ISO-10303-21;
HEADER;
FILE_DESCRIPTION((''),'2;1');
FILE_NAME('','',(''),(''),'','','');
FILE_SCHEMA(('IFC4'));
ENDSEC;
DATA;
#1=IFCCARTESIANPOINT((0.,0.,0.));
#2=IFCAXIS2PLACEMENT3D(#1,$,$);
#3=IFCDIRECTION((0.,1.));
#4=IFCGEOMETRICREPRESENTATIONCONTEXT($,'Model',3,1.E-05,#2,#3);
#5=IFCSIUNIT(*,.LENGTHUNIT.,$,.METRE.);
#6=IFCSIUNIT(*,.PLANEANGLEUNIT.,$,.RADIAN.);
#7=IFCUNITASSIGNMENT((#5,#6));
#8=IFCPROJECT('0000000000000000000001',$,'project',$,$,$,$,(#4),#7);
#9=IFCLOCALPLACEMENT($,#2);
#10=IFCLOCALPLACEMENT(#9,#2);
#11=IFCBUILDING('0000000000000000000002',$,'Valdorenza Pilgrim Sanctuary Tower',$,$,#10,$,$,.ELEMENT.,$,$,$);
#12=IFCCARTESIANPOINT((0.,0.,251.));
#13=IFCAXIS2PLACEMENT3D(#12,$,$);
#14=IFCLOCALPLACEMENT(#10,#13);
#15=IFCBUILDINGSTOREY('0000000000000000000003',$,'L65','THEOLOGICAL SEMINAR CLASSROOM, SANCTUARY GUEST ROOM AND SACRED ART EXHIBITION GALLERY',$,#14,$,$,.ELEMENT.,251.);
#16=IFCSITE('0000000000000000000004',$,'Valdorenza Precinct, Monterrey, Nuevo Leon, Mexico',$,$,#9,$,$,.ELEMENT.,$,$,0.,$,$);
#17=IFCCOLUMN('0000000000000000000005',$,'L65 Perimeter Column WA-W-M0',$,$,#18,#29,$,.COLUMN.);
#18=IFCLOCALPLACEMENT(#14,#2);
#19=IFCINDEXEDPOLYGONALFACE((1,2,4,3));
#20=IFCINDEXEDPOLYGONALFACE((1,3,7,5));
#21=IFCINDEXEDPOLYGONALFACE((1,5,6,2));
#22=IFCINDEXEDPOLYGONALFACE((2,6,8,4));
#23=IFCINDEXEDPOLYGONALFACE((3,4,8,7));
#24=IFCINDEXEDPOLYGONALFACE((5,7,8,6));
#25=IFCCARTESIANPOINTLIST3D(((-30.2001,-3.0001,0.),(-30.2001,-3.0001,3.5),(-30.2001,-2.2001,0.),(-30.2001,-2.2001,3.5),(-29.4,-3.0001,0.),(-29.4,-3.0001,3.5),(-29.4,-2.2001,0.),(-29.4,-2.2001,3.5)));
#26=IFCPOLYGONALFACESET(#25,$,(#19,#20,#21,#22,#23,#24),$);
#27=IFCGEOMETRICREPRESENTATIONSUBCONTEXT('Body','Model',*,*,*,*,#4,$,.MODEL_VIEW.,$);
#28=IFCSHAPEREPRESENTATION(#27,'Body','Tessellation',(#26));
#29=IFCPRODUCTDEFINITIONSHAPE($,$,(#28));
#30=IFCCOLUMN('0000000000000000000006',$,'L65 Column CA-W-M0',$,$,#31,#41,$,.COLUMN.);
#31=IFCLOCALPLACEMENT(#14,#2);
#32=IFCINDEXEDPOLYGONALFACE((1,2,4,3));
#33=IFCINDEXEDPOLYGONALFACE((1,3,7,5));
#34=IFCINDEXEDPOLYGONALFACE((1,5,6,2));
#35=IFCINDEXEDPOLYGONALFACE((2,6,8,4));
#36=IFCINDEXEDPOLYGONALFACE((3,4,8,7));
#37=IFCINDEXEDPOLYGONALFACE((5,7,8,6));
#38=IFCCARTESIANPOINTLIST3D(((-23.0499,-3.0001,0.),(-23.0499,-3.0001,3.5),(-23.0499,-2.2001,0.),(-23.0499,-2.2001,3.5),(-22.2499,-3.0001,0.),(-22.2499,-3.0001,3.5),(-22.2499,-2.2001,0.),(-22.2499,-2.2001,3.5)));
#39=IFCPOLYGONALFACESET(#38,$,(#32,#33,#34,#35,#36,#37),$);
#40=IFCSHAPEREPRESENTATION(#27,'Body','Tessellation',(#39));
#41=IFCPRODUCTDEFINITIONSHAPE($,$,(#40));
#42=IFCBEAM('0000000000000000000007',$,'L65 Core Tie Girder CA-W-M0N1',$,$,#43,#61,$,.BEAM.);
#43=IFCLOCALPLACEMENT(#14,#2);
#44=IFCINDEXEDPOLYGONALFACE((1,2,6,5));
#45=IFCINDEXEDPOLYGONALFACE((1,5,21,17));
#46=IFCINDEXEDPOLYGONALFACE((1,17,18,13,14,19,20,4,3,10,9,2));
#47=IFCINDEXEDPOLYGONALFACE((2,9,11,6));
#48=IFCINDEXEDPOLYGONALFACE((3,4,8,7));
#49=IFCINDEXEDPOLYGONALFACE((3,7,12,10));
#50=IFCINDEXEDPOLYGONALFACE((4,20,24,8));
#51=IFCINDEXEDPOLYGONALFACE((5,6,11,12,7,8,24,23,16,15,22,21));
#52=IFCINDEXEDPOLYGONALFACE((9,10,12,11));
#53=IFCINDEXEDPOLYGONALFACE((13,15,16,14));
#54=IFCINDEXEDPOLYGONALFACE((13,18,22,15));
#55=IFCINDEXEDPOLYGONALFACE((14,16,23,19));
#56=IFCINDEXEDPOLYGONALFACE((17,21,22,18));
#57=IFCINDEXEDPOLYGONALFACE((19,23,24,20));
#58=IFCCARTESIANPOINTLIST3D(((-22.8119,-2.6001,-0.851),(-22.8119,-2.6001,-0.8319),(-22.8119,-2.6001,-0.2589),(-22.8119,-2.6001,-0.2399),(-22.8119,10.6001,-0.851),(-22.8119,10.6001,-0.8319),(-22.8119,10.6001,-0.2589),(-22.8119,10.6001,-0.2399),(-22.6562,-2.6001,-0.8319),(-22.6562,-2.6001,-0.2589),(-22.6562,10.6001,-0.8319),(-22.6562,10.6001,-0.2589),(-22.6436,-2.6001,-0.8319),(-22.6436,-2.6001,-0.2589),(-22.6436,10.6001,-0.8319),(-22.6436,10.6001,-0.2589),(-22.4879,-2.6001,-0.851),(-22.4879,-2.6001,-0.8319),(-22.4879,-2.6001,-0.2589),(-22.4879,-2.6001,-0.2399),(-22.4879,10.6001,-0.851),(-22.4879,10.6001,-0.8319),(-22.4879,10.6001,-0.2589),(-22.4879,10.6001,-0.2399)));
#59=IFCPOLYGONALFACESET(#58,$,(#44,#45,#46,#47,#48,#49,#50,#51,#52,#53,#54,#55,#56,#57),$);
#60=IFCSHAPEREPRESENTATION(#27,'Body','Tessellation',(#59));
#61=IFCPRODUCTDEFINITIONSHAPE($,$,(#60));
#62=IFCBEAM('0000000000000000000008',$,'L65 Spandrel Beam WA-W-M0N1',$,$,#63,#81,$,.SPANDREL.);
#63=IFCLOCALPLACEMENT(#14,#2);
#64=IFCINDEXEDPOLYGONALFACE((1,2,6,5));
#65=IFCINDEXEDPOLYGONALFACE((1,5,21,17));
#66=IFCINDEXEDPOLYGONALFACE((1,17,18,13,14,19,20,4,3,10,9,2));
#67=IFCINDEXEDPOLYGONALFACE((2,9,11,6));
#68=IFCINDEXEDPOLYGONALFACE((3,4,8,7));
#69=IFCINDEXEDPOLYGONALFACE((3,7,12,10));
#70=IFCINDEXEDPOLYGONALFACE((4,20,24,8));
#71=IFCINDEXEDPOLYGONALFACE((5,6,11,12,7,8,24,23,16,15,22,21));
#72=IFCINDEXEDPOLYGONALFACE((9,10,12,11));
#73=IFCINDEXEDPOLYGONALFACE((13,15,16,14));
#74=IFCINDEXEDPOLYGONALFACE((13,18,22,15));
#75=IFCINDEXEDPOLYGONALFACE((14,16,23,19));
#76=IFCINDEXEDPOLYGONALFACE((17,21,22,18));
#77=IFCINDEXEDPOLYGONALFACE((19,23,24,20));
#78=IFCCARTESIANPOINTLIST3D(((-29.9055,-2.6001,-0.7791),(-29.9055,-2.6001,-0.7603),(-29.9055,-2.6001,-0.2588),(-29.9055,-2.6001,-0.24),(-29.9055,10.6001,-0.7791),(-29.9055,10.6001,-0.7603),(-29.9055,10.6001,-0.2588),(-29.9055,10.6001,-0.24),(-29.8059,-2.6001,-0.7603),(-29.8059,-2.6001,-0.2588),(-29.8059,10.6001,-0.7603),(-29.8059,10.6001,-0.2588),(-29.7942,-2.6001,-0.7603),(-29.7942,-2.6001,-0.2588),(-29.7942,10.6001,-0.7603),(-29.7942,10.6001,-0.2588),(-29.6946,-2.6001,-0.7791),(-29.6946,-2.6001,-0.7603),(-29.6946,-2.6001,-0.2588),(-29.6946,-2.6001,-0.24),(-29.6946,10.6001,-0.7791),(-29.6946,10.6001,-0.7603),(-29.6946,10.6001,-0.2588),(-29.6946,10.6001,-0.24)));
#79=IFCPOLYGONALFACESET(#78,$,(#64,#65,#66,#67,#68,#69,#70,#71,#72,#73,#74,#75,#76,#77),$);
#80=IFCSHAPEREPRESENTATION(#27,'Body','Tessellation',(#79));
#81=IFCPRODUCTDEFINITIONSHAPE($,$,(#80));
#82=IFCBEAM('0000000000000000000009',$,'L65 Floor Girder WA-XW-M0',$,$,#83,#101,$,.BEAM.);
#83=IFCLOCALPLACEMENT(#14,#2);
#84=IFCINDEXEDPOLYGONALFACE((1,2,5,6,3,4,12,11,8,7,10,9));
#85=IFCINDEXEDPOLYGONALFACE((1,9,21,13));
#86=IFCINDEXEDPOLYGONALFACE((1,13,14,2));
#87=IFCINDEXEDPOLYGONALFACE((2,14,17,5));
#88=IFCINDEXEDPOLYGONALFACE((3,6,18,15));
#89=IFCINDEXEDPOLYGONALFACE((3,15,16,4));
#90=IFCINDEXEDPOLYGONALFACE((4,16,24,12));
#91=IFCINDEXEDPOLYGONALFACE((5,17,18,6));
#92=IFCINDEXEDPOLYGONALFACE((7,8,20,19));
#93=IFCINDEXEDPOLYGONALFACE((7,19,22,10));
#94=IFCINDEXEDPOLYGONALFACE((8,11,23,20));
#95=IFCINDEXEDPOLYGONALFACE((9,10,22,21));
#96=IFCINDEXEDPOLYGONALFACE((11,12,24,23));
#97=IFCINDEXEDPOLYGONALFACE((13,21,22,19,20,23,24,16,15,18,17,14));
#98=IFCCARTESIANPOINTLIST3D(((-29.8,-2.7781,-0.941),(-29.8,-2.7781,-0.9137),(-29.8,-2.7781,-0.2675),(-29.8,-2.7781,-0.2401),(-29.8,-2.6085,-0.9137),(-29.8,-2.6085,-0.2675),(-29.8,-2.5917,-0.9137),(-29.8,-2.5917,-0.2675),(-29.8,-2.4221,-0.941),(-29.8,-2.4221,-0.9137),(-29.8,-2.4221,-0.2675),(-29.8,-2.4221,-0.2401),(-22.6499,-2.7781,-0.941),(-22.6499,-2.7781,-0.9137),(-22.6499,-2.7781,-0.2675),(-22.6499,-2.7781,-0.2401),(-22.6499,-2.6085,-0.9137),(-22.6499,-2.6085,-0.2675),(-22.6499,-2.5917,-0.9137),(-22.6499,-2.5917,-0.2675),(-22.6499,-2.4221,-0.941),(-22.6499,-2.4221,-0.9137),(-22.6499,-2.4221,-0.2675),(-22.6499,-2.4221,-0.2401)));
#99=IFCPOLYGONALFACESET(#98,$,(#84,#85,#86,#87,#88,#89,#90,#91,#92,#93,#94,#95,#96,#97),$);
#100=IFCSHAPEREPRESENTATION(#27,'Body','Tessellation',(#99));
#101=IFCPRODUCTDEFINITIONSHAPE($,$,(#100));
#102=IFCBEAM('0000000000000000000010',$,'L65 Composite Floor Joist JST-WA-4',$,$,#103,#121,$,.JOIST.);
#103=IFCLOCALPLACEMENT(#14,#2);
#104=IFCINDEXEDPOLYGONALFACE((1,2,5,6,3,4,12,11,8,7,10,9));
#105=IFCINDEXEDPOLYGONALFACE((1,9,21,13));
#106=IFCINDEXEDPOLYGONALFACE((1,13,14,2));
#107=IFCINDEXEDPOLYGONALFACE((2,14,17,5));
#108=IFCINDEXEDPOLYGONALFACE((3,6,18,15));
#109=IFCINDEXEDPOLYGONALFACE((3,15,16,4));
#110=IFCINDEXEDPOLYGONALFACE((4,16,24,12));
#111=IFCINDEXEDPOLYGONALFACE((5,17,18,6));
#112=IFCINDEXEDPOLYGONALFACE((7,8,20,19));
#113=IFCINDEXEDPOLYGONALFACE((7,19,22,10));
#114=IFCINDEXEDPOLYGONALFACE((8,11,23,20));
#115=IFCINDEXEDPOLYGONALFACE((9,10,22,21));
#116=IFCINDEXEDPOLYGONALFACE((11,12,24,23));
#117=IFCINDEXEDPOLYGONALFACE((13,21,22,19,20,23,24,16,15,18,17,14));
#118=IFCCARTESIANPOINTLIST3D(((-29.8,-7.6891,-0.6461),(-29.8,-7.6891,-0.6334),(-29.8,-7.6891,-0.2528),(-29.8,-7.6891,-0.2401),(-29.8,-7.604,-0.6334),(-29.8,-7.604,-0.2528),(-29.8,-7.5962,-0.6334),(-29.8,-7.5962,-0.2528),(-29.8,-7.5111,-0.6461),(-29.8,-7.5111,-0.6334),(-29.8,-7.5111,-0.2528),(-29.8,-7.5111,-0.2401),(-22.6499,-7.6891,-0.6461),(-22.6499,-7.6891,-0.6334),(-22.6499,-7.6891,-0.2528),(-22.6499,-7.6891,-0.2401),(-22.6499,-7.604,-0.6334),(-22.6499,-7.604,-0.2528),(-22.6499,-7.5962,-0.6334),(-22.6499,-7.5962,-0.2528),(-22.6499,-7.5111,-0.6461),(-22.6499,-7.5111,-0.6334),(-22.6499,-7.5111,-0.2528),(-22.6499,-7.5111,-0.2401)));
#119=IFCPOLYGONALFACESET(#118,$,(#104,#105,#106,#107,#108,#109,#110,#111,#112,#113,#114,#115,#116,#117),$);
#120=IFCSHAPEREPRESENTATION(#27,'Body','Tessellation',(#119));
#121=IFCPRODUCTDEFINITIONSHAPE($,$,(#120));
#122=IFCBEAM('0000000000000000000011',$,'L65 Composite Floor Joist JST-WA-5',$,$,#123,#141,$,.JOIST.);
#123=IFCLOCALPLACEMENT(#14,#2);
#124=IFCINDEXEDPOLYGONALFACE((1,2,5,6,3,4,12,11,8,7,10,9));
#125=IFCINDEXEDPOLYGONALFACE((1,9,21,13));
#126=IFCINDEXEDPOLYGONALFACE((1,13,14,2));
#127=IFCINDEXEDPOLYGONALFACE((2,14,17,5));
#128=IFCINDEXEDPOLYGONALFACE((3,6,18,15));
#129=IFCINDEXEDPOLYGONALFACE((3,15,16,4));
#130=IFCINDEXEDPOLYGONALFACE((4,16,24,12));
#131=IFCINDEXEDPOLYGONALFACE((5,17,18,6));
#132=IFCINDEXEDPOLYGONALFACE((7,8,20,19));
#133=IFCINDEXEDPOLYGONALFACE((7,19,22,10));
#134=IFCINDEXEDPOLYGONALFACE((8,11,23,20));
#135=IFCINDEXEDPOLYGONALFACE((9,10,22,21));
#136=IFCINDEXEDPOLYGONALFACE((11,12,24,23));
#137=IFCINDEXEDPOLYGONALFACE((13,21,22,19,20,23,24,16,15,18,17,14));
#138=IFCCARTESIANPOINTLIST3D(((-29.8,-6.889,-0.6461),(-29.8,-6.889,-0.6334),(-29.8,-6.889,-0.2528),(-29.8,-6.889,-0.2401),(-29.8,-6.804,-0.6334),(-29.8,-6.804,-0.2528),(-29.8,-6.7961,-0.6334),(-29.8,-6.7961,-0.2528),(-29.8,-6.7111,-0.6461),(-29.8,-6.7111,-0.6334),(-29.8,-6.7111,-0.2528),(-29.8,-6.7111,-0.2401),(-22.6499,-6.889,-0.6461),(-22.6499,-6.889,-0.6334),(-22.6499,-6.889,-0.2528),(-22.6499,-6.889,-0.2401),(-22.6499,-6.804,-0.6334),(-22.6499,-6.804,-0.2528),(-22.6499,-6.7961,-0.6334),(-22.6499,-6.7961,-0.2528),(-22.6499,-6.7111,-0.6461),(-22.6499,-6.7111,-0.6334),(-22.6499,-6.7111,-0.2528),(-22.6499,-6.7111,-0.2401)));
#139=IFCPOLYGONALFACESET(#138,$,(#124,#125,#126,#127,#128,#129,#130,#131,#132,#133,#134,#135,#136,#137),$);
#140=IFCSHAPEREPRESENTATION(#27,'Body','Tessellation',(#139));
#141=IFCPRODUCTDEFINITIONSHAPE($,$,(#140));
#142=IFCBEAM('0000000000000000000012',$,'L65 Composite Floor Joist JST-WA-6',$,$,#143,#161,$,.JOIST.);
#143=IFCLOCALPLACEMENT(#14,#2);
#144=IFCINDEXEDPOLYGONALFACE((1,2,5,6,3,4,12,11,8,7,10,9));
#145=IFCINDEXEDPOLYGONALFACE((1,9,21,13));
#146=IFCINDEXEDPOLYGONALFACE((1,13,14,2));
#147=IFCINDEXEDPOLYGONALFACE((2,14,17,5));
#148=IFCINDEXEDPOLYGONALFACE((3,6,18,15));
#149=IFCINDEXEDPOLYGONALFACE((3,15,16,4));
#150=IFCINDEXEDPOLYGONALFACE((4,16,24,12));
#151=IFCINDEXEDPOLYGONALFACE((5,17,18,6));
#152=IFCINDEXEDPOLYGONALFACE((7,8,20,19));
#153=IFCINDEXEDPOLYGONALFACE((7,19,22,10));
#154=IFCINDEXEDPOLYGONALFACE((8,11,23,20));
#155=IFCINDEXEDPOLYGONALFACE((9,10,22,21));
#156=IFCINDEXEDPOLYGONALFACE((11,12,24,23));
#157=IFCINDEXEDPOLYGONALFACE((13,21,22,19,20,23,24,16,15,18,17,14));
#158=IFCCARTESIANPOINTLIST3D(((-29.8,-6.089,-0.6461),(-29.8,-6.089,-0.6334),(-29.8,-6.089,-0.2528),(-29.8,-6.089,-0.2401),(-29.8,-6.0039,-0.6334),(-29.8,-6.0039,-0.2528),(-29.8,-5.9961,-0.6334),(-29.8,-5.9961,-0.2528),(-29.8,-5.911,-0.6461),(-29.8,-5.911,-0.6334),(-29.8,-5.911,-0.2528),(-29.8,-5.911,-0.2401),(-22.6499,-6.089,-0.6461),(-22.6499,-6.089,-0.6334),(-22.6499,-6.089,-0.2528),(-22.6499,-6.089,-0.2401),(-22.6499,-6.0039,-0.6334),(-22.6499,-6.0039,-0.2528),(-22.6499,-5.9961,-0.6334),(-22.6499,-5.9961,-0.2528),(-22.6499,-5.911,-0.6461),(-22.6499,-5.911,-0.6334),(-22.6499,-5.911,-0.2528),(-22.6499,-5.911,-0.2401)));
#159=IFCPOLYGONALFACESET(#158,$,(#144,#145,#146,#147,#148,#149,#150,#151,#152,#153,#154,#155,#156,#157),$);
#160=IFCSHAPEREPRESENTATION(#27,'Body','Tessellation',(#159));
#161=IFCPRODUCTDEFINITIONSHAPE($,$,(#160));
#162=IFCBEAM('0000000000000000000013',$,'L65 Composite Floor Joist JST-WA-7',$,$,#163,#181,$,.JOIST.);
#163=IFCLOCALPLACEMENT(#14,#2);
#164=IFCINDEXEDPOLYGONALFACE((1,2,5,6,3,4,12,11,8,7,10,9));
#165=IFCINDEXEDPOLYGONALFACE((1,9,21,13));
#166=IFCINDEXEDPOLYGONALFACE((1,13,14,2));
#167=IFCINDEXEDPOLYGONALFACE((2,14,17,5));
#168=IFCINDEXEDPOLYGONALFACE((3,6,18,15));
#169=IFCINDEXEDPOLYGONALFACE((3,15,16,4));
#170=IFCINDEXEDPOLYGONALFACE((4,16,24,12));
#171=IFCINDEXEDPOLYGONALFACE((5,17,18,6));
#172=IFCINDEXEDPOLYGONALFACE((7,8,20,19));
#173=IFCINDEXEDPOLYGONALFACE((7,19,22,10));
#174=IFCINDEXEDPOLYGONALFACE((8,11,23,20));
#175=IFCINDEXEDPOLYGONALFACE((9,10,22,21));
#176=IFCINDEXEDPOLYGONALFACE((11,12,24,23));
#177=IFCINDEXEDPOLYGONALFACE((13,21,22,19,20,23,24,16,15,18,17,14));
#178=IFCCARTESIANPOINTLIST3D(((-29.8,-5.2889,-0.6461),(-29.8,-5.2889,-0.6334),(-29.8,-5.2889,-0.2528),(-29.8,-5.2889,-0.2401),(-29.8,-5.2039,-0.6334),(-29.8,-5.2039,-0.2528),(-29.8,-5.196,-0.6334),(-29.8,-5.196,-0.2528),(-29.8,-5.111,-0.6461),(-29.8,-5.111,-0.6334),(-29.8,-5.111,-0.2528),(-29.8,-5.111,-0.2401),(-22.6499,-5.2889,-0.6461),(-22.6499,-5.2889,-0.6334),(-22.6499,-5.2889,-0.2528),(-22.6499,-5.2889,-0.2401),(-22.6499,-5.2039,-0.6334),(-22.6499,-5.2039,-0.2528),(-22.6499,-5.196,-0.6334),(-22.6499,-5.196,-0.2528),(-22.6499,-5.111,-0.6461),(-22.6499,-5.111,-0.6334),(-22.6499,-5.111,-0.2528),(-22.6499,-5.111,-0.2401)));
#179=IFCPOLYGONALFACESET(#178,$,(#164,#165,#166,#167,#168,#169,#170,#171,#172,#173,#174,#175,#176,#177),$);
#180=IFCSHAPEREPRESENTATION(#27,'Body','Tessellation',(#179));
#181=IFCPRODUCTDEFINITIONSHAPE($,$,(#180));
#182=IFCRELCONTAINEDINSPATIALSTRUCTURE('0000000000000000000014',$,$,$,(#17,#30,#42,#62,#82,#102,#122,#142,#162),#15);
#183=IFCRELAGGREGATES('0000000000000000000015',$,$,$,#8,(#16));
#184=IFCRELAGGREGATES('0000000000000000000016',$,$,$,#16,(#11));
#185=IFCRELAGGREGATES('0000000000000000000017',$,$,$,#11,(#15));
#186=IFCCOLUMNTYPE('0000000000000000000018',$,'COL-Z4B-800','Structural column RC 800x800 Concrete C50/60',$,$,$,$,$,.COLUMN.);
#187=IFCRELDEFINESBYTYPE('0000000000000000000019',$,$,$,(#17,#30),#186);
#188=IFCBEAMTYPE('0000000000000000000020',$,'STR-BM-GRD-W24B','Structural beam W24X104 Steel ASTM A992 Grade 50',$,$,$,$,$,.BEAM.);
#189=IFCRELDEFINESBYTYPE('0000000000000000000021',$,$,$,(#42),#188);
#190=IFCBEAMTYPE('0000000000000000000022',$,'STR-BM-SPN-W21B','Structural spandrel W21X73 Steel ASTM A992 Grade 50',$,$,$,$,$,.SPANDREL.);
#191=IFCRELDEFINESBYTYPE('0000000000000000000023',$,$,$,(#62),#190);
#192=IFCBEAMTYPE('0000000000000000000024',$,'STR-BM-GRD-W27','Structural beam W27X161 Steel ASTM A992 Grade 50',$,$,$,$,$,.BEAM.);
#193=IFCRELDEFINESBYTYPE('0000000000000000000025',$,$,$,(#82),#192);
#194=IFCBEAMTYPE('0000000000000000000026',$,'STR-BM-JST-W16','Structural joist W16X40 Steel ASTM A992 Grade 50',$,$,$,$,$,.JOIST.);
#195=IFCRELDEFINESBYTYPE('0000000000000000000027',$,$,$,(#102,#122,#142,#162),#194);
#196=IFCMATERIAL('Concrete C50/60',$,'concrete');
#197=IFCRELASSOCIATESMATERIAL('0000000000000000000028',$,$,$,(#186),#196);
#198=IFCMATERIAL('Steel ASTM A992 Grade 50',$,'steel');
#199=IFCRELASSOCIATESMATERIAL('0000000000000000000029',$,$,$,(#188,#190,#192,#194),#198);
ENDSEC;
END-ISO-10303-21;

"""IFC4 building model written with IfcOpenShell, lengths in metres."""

from ifc_helpers import new_model, si_unit, direction, frame, origin, origin_2d, place, context, subcontext, project, spatial, rectangle, i_section, extrude, source, transform, mapped, material, material_profile, profile_set, type_object, element, save


model = new_model("IFC4")

# Units and contexts
model_context = context("Model", 3, precision=1e-05, world=origin(), true_north=direction((0.0, 1.0)))
body_context = subcontext(model_context, "Body", "Model", "MODEL_VIEW")
ifc_project = project(units=[si_unit("LENGTHUNIT", "METRE"), si_unit("PLANEANGLEUNIT", "RADIAN")], contexts=[model_context])

# Site, building, storey
site_placement = place(None, origin())
site = spatial("IfcSite", under=ifc_project, at=site_placement, Name="Valdorenza Precinct, Monterrey, Nuevo Leon, Mexico", CompositionType="ELEMENT", RefElevation=0.0)
building_placement = place(site_placement, origin())
building = spatial("IfcBuilding", under=site, at=building_placement, Name="Valdorenza Pilgrim Sanctuary Tower", CompositionType="ELEMENT")
storey_placement = place(building_placement, frame((0.0, 0.0, 251.0)))
storey = spatial("IfcBuildingStorey", under=building, at=storey_placement, Name="L65", Description="THEOLOGICAL SEMINAR CLASSROOM, SANCTUARY GUEST ROOM AND SACRED ART EXHIBITION GALLERY", CompositionType="ELEMENT", Elevation=251.0)

# Columns
ifc_material_1 = material(Name="Concrete C50/60", Category="concrete")
ifc_material_profile_1 = material_profile(ifc_material_1, rectangle(XDim=0.8, YDim=0.8, at=origin_2d()), Name="RC 800x800")
ifc_profile_set_1 = profile_set([ifc_material_profile_1], Name="Concrete C50/60")
column_type = type_object("IfcColumnType", Name="COL-Z4B-800", Description="Structural column RC 800x800 Concrete C50/60", PredefinedType="COLUMN", material=ifc_profile_set_1)
shared_shape_1 = source(origin(), body_context, "Body", "SweptSolid", [
    extrude(rectangle(XDim=0.8, YDim=0.8, at=origin_2d()), origin(), (0.0, 0.0, 1.0), 3.5),
])
for number, where, z_axis, x_axis, name in (
    (1, (-29.8, -2.6001, 0.0), (0.0, 0.0, 1.0), (1.0, 0.0, 0.0), "L65 Perimeter Column WA-W-M0"),
    (2, (-22.6499, -2.6001, 0.0), (0.0, 0.0, 1.0), (1.0, 0.0, 0.0), "L65 Column CA-W-M0"),
):
    element("IfcColumn", number, at=place(storey_placement, frame(where, z_axis=z_axis, x_axis=x_axis)), inside=storey, type_object=column_type, Name=name, PredefinedType="COLUMN", context=body_context, shape_type="MappedRepresentation", body=[
        mapped(shared_shape_1, transform((0.0, 0.0, 0.0), x_axis=(1.0, 0.0, 0.0), y_axis=(0.0, 1.0, 0.0), z_axis=(0.0, 0.0, 1.0), scale=1.0)),
    ])

# Beams
ifc_material_2 = material(Name="Steel ASTM A992 Grade 50", Category="steel")
ifc_material_profile_2 = material_profile(ifc_material_2, i_section(OverallWidth=0.324, OverallDepth=0.6111, WebThickness=0.0127, FlangeThickness=0.019, at=origin_2d()), Name="W24X104")
ifc_profile_set_2 = profile_set([ifc_material_profile_2], Name="Steel ASTM A992 Grade 50")
beam_type_1 = type_object("IfcBeamType", Name="STR-BM-GRD-W24B", Description="Structural beam W24X104 Steel ASTM A992 Grade 50", PredefinedType="BEAM", material=ifc_profile_set_2)
shared_shape_2 = source(origin(), body_context, "Body", "SweptSolid", [
    extrude(i_section(OverallWidth=0.324, OverallDepth=0.6111, WebThickness=0.0127, FlangeThickness=0.019, at=origin_2d()), origin(), (0.0, 0.0, 1.0), 13.2002),
])
beam_1_placement = place(storey_placement, frame((-22.6499, -2.6001, -0.5454), z_axis=(0.0, 1.0, 0.0), x_axis=(-1.0, 0.0, 0.0)))
element("IfcBeam", 3, at=beam_1_placement, inside=storey, type_object=beam_type_1, Name="L65 Core Tie Girder CA-W-M0N1", PredefinedType="BEAM", context=body_context, shape_type="MappedRepresentation", body=[
    mapped(shared_shape_2, transform((0.0, 0.0, 0.0), x_axis=(1.0, 0.0, 0.0), y_axis=(0.0, 1.0, 0.0), z_axis=(0.0, 0.0, 1.0), scale=1.0)),
])
ifc_material_profile_3 = material_profile(ifc_material_2, i_section(OverallWidth=0.2109, OverallDepth=0.5391, WebThickness=0.0117, FlangeThickness=0.0188, at=origin_2d()), Name="W21X73")
ifc_profile_set_3 = profile_set([ifc_material_profile_3], Name="Steel ASTM A992 Grade 50")
beam_type_2 = type_object("IfcBeamType", Name="STR-BM-SPN-W21B", Description="Structural spandrel W21X73 Steel ASTM A992 Grade 50", PredefinedType="SPANDREL", material=ifc_profile_set_3)
shared_shape_3 = source(origin(), body_context, "Body", "SweptSolid", [
    extrude(i_section(OverallWidth=0.2109, OverallDepth=0.5391, WebThickness=0.0117, FlangeThickness=0.0188, at=origin_2d()), origin(), (0.0, 0.0, 1.0), 13.2002),
])
beam_2_placement = place(storey_placement, frame((-29.8, -2.6001, -0.5095), z_axis=(0.0, 1.0, 0.0), x_axis=(-1.0, 0.0, 0.0)))
element("IfcBeam", 4, at=beam_2_placement, inside=storey, type_object=beam_type_2, Name="L65 Spandrel Beam WA-W-M0N1", PredefinedType="SPANDREL", context=body_context, shape_type="MappedRepresentation", body=[
    mapped(shared_shape_3, transform((0.0, 0.0, 0.0), x_axis=(1.0, 0.0, 0.0), y_axis=(0.0, 1.0, 0.0), z_axis=(0.0, 0.0, 1.0), scale=1.0)),
])
ifc_material_profile_4 = material_profile(ifc_material_2, i_section(OverallWidth=0.356, OverallDepth=0.7009, WebThickness=0.0168, FlangeThickness=0.0273, at=origin_2d()), Name="W27X161")
ifc_profile_set_4 = profile_set([ifc_material_profile_4], Name="Steel ASTM A992 Grade 50")
beam_type_3 = type_object("IfcBeamType", Name="STR-BM-GRD-W27", Description="Structural beam W27X161 Steel ASTM A992 Grade 50", PredefinedType="BEAM", material=ifc_profile_set_4)
shared_shape_4 = source(origin(), body_context, "Body", "SweptSolid", [
    extrude(i_section(OverallWidth=0.356, OverallDepth=0.7009, WebThickness=0.0168, FlangeThickness=0.0273, at=origin_2d()), origin(), (0.0, 0.0, 1.0), 7.1501),
])
beam_3_placement = place(storey_placement, frame((-29.8, -2.6001, -0.5906), z_axis=(1.0, 0.0, 0.0), x_axis=(0.0, 1.0, 0.0)))
element("IfcBeam", 5, at=beam_3_placement, inside=storey, type_object=beam_type_3, Name="L65 Floor Girder WA-XW-M0", PredefinedType="BEAM", context=body_context, shape_type="MappedRepresentation", body=[
    mapped(shared_shape_4, transform((0.0, 0.0, 0.0), x_axis=(1.0, 0.0, 0.0), y_axis=(0.0, 1.0, 0.0), z_axis=(0.0, 0.0, 1.0), scale=1.0)),
])
ifc_material_profile_5 = material_profile(ifc_material_2, i_section(OverallWidth=0.178, OverallDepth=0.406, WebThickness=0.0078, FlangeThickness=0.0127, at=origin_2d()), Name="W16X40")
ifc_profile_set_5 = profile_set([ifc_material_profile_5], Name="Steel ASTM A992 Grade 50")
beam_type_4 = type_object("IfcBeamType", Name="STR-BM-JST-W16", Description="Structural joist W16X40 Steel ASTM A992 Grade 50", PredefinedType="JOIST", material=ifc_profile_set_5)
shared_shape_5 = source(origin(), body_context, "Body", "SweptSolid", [
    extrude(i_section(OverallWidth=0.178, OverallDepth=0.406, WebThickness=0.0078, FlangeThickness=0.0127, at=origin_2d()), origin(), (0.0, 0.0, 1.0), 7.1501),
])
for number, where, z_axis, x_axis, name in (
    (6, (-29.8, -7.6001, -0.4431), (1.0, 0.0, 0.0), (0.0, 1.0, 0.0), "L65 Composite Floor Joist JST-WA-4"),
    (7, (-29.8, -6.8, -0.4431), (1.0, 0.0, 0.0), (0.0, 1.0, 0.0), "L65 Composite Floor Joist JST-WA-5"),
    (8, (-29.8, -6.0, -0.4431), (1.0, 0.0, 0.0), (0.0, 1.0, 0.0), "L65 Composite Floor Joist JST-WA-6"),
    (9, (-29.8, -5.2, -0.4431), (1.0, 0.0, 0.0), (0.0, 1.0, 0.0), "L65 Composite Floor Joist JST-WA-7"),
):
    element("IfcBeam", number, at=place(storey_placement, frame(where, z_axis=z_axis, x_axis=x_axis)), inside=storey, type_object=beam_type_4, Name=name, PredefinedType="JOIST", context=body_context, shape_type="MappedRepresentation", body=[
        mapped(shared_shape_5, transform((0.0, 0.0, 0.0), x_axis=(1.0, 0.0, 0.0), y_axis=(0.0, 1.0, 0.0), z_axis=(0.0, 0.0, 1.0), scale=1.0)),
    ])

save(model, "model.ifc")
